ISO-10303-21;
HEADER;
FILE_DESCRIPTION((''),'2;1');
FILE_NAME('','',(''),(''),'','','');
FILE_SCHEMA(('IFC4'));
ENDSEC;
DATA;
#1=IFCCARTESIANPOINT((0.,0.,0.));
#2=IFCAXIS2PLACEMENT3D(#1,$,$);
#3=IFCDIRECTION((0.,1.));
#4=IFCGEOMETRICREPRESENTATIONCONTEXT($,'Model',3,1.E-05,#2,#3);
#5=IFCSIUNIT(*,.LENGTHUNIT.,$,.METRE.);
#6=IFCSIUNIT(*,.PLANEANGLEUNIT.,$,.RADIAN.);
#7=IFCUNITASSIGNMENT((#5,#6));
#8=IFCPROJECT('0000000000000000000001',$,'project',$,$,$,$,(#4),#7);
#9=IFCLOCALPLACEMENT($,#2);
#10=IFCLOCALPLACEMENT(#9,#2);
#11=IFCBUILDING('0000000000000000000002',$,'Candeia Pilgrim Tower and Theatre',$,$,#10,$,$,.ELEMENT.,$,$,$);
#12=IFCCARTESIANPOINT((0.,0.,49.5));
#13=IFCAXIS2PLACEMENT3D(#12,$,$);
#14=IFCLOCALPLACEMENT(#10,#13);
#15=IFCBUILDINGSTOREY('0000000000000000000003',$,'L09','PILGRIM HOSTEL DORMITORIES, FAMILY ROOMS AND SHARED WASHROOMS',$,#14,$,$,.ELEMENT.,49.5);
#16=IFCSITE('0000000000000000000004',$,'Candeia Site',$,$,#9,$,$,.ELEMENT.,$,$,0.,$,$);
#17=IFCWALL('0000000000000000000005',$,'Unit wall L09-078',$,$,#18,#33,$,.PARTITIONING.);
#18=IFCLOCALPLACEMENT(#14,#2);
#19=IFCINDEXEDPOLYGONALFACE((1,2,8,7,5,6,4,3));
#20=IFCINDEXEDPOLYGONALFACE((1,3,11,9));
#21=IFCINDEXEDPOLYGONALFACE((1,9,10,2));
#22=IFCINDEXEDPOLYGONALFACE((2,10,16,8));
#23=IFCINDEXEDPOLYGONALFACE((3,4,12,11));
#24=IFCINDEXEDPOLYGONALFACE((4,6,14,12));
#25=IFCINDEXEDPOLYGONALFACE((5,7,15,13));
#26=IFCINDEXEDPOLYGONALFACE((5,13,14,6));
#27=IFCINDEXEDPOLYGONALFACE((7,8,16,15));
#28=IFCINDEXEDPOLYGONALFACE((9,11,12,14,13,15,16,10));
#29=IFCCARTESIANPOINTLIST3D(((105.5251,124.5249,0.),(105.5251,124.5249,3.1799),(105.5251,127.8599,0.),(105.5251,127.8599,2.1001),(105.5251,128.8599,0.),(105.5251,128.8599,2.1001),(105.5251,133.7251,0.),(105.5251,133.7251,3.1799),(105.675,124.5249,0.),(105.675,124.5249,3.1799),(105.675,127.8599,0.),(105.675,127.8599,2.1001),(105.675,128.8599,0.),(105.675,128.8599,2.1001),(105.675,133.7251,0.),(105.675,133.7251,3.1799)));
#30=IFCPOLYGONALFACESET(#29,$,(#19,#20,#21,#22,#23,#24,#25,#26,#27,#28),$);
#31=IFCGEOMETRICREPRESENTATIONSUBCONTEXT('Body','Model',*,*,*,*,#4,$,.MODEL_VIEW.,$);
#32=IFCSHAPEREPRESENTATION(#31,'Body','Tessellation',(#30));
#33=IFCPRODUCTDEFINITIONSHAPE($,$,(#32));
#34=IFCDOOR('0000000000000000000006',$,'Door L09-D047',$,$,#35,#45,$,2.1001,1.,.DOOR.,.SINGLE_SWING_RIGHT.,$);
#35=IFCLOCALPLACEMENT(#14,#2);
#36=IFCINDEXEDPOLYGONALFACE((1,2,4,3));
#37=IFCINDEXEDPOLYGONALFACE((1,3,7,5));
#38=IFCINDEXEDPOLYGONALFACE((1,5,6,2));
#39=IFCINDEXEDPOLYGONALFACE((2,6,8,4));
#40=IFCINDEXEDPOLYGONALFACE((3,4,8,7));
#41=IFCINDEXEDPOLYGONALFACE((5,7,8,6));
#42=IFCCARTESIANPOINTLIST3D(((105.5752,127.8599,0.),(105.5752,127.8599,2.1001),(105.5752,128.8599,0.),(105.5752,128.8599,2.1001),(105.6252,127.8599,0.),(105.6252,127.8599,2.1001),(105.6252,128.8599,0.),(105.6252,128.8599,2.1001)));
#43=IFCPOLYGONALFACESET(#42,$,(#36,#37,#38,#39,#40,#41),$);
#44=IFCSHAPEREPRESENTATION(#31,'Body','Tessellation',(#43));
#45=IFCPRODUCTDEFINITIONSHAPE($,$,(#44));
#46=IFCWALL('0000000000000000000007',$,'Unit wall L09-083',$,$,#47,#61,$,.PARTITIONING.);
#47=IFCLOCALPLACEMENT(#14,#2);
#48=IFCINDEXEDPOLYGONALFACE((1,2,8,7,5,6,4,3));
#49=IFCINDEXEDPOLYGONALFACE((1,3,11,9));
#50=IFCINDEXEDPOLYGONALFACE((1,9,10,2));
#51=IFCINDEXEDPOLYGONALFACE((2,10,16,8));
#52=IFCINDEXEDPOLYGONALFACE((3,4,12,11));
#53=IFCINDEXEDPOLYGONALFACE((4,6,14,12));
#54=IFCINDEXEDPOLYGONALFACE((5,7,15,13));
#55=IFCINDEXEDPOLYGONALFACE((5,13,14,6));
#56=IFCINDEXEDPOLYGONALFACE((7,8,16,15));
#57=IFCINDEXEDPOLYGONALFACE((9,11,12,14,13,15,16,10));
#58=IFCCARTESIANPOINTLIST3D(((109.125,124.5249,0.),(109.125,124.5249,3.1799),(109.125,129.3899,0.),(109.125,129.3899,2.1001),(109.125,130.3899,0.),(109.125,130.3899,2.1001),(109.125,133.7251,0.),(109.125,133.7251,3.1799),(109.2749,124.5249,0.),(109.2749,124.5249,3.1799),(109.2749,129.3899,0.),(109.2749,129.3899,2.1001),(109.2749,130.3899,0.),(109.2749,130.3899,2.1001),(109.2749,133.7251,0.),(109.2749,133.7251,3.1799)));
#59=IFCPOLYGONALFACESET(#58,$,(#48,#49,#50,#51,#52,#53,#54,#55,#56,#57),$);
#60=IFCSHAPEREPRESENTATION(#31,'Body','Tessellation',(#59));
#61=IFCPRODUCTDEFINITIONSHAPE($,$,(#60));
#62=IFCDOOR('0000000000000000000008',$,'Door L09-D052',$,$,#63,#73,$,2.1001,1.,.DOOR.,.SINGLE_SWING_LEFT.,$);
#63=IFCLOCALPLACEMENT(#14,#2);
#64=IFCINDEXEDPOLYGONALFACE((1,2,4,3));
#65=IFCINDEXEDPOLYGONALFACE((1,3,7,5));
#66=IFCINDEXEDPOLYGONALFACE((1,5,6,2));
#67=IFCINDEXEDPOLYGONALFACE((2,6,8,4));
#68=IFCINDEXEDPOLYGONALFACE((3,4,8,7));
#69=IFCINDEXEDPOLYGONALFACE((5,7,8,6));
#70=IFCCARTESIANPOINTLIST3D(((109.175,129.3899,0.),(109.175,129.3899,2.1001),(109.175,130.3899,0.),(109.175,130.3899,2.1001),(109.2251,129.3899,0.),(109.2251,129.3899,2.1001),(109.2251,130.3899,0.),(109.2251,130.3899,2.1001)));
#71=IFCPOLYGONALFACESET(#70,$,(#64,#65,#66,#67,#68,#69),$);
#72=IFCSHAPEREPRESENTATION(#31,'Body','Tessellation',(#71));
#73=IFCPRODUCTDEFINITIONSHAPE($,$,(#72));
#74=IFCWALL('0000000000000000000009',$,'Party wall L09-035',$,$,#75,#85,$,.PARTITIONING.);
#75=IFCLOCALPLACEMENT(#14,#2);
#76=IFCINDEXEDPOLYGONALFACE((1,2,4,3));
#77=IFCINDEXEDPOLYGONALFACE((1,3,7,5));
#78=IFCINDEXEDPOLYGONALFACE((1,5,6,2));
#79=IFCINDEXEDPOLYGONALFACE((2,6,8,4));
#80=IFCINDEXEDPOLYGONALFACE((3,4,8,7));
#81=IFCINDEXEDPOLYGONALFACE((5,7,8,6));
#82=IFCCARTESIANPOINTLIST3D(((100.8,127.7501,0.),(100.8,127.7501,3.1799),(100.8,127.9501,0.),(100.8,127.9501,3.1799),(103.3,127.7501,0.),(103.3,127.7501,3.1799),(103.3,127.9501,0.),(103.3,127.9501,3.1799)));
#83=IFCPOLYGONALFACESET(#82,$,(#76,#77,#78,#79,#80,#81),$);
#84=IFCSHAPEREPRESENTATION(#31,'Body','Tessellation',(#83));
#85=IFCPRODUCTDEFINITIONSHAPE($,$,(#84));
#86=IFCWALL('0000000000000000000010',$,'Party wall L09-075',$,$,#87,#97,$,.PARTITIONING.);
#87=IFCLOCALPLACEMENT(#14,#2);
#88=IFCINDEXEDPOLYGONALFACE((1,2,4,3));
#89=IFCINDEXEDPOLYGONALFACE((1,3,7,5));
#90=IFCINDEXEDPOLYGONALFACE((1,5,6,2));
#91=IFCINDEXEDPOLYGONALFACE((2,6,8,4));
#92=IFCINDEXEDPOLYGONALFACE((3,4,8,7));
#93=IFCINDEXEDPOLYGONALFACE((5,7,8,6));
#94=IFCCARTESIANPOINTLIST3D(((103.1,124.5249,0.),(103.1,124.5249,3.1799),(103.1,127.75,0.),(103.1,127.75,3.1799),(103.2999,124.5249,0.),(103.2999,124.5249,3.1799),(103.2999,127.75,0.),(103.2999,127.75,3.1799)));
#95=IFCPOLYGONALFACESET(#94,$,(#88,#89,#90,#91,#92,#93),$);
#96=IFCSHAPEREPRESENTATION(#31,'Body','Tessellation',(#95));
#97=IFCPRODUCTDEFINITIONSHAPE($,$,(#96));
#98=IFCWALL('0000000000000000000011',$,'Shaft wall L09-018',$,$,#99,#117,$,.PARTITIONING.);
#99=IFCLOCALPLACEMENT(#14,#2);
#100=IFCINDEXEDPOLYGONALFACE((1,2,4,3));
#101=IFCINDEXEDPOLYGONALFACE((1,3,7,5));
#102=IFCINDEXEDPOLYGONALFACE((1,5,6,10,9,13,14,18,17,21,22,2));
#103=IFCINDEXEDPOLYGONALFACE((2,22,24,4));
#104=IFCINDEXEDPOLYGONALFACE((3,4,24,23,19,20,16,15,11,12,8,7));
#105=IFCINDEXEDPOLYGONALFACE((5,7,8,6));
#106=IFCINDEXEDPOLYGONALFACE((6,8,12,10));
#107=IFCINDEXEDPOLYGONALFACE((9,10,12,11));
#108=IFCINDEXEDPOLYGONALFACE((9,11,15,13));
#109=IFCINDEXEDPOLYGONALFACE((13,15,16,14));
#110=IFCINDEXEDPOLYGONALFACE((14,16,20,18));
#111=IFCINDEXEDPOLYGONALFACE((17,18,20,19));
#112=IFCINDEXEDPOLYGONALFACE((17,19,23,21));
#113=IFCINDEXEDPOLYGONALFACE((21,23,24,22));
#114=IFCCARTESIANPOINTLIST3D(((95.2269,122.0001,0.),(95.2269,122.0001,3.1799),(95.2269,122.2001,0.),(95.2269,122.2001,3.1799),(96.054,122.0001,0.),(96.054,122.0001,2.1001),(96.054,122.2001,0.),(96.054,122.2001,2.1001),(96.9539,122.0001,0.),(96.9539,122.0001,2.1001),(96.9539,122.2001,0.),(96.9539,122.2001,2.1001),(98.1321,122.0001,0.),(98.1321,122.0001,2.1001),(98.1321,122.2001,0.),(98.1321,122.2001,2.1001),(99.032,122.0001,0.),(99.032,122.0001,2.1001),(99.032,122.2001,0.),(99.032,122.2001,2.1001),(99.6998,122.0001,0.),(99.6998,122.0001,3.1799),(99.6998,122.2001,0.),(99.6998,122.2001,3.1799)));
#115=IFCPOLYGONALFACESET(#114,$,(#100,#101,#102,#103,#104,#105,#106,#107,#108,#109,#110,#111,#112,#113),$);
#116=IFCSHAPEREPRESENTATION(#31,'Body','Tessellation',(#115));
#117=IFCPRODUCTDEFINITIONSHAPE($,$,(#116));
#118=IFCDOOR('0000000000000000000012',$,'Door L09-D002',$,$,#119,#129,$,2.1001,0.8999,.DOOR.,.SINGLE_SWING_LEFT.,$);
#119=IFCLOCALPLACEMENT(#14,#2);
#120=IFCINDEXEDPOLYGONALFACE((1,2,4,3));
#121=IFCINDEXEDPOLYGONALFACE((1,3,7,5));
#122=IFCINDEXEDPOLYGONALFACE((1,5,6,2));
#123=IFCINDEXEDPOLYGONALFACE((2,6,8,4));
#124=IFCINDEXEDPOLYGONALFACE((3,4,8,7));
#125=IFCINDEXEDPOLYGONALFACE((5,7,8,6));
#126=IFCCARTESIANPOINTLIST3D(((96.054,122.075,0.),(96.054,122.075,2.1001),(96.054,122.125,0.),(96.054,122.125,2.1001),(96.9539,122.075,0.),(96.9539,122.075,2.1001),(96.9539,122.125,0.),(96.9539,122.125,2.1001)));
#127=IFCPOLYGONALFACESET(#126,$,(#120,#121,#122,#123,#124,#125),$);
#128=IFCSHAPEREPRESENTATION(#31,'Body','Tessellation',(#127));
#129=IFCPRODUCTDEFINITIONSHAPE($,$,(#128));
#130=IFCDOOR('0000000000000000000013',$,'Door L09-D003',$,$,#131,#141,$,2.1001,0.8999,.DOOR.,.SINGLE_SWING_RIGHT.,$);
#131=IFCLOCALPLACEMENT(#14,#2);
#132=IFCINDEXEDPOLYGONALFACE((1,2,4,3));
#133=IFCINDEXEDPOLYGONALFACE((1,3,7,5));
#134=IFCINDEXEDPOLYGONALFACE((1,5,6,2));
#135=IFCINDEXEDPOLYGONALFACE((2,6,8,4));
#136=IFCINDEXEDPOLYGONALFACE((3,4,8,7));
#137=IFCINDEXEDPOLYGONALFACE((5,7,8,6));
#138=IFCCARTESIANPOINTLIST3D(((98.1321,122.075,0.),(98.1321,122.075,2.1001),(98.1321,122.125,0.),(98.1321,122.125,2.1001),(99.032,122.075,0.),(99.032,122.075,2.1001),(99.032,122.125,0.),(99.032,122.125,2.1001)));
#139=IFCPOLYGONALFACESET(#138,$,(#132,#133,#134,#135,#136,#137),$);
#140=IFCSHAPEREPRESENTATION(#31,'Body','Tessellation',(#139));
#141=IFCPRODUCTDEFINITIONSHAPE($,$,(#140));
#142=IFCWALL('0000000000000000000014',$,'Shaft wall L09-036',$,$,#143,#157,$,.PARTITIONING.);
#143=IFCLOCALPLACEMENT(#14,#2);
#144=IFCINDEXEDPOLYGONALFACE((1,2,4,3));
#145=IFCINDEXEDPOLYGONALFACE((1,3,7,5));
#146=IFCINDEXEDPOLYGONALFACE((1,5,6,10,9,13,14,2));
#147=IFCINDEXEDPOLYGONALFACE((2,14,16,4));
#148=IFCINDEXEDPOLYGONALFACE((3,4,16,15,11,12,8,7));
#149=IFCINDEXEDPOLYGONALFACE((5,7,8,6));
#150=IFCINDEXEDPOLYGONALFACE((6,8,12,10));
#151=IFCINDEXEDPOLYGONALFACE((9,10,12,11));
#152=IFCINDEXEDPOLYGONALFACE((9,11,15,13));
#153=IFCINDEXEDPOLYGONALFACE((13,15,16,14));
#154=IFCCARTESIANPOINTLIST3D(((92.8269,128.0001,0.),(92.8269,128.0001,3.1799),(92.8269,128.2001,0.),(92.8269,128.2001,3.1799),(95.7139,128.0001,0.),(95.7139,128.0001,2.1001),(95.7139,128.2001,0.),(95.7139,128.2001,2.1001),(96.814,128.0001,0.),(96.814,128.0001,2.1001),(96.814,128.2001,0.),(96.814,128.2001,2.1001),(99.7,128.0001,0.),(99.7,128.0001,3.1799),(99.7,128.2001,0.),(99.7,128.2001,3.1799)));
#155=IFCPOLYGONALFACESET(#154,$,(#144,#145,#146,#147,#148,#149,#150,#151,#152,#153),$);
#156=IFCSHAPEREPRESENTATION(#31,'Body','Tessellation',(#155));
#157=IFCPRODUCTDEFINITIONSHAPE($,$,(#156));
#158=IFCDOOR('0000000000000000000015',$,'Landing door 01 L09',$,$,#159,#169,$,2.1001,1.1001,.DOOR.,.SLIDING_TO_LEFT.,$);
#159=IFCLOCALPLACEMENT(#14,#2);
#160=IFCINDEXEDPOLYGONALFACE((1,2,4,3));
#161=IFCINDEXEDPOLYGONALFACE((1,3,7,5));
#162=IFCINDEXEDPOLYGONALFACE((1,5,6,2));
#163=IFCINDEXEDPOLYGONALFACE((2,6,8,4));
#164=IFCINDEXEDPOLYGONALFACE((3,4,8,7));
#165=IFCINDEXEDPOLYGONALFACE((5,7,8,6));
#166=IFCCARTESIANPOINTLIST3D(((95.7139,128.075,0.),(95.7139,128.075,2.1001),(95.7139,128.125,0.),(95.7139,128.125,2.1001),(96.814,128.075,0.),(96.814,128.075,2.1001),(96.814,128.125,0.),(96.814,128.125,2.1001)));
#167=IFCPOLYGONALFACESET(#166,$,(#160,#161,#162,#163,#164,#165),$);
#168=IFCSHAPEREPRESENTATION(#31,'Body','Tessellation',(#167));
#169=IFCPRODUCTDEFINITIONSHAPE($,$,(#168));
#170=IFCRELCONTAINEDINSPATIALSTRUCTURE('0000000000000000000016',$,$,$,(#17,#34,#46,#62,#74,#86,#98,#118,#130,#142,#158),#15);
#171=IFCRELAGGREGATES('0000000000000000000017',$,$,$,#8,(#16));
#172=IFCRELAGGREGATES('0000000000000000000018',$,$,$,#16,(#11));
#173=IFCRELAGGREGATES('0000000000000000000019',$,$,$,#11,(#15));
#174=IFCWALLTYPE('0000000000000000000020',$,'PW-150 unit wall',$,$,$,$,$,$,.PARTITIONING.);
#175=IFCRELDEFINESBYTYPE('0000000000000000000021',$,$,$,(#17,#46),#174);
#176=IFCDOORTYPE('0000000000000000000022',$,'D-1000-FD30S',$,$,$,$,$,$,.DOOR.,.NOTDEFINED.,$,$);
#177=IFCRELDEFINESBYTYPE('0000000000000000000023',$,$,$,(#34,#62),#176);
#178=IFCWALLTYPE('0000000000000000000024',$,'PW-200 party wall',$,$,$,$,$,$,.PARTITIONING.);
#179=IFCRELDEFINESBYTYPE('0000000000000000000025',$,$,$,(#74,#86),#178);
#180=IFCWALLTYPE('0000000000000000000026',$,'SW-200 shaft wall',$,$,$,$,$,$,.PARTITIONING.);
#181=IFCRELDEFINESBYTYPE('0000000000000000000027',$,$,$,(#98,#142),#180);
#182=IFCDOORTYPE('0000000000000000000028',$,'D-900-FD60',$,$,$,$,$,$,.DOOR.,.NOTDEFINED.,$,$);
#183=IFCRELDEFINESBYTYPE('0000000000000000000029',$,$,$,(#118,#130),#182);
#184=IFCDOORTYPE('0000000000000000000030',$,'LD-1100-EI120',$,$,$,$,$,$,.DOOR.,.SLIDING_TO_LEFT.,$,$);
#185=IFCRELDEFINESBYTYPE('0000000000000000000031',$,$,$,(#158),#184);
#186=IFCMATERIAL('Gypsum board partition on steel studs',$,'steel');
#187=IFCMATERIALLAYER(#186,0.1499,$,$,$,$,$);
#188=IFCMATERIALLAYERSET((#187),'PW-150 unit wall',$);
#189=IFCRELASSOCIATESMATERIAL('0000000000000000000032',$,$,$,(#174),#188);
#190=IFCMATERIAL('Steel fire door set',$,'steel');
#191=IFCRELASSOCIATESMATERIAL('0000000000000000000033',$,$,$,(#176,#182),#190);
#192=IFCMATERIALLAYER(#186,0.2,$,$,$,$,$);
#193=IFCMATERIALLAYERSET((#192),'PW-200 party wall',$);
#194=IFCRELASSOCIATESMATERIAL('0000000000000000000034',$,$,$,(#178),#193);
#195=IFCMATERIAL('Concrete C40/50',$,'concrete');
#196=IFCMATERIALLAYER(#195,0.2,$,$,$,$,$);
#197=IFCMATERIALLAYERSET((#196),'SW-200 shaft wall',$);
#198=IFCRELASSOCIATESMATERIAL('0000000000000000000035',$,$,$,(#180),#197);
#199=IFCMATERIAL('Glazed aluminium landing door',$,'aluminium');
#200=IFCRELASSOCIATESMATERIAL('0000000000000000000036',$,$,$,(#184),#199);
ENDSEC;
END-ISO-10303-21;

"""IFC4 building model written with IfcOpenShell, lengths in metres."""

from ifc_helpers import new_model, si_unit, direction, frame, frame_2d, origin, place, context, subcontext, project, spatial, rectangle, extrude, material, layer, layer_set, type_object, element, fill, save


model = new_model("IFC4")

# Units and contexts
model_context = context("Model", 3, precision=1e-05, world=origin(), true_north=direction((0.0, 1.0)))
body_context = subcontext(model_context, "Body", "Model", "MODEL_VIEW")
ifc_project = project(units=[si_unit("LENGTHUNIT", "METRE"), si_unit("PLANEANGLEUNIT", "RADIAN")], contexts=[model_context])

# Site, building, storey
site_placement = place(None, origin())
site = spatial("IfcSite", under=ifc_project, at=site_placement, Name="Candeia Site", CompositionType="ELEMENT", RefElevation=0.0)
building_placement = place(site_placement, origin())
building = spatial("IfcBuilding", under=site, at=building_placement, Name="Candeia Pilgrim Tower and Theatre", CompositionType="ELEMENT")
storey_placement = place(building_placement, frame((0.0, 0.0, 49.5)))
storey = spatial("IfcBuildingStorey", under=building, at=storey_placement, Name="L09", Description="PILGRIM HOSTEL DORMITORIES, FAMILY ROOMS AND SHARED WASHROOMS", CompositionType="ELEMENT", Elevation=49.5)

# Shared definitions
ifc_material_1 = material(Name="Steel fire door set", Category="steel")
ifc_material_2 = material(Name="Gypsum board partition on steel studs", Category="steel")

# Shared definitions
ifc_layer_1 = layer(ifc_material_2, 0.1499)
ifc_layer_set_1 = layer_set([ifc_layer_1], Name="PW-150 unit wall")
wall_type_1 = type_object("IfcWallType", Name="PW-150 unit wall", PredefinedType="PARTITIONING", material=ifc_layer_set_1)

# Shared definitions
door_type_1 = type_object("IfcDoorType", Name="D-1000-FD30S", OperationType="NOTDEFINED", PredefinedType="DOOR", material=ifc_material_1)

# Walls, openings, doors
wall_1_placement = place(storey_placement, frame((105.6001, 124.5249, 0.0), z_axis=(0.0, 0.0, 1.0), x_axis=(0.0, 1.0, 0.0)))
wall_1 = element("IfcWall", 1, at=wall_1_placement, inside=storey, type_object=wall_type_1, Name="Unit wall L09-078", PredefinedType="PARTITIONING", context=body_context, shape_type="SweptSolid", body=[
    extrude(rectangle(XDim=9.2002, YDim=0.1499, at=frame_2d((4.6001, 0.0))), origin(), (0.0, 0.0, 1.0), 3.1799),
])
opening_1_placement = place(wall_1_placement, frame((3.335, 0.0, 0.0)))
opening_1 = element("IfcOpeningElement", 2, at=opening_1_placement, cuts=wall_1, PredefinedType="OPENING", context=body_context, shape_type="SweptSolid", body=[
    extrude(rectangle(XDim=1.0, YDim=2.1001, at=frame_2d((0.5, 1.05))), frame((0.0, 0.085, 0.0), z_axis=(0.0, -1.0, 0.0), x_axis=(1.0, 0.0, 0.0)), (0.0, 0.0, 1.0), 0.1699),
])
door_1_placement = place(opening_1_placement, origin())
door_1 = element("IfcDoor", 3, at=door_1_placement, inside=storey, type_object=door_type_1, Name="Door L09-D047", OperationType="SINGLE_SWING_RIGHT", OverallHeight=2.1001, OverallWidth=1.0, PredefinedType="DOOR", context=body_context, shape_type="SweptSolid", body=[
    extrude(rectangle(XDim=1.0, YDim=2.1001, at=frame_2d((0.5, 1.05))), frame((0.0, 0.0249, 0.0), z_axis=(0.0, -1.0, 0.0), x_axis=(1.0, 0.0, 0.0)), (0.0, 0.0, 1.0), 0.05),
])
fill(opening_1, door_1)
wall_2_placement = place(storey_placement, frame((109.2, 124.5249, 0.0), z_axis=(0.0, 0.0, 1.0), x_axis=(0.0, 1.0, 0.0)))
wall_2 = element("IfcWall", 4, at=wall_2_placement, inside=storey, type_object=wall_type_1, Name="Unit wall L09-083", PredefinedType="PARTITIONING", context=body_context, shape_type="SweptSolid", body=[
    extrude(rectangle(XDim=9.2002, YDim=0.1499, at=frame_2d((4.6001, 0.0))), origin(), (0.0, 0.0, 1.0), 3.1799),
])
opening_2_placement = place(wall_2_placement, frame((4.865, 0.0, 0.0)))
opening_2 = element("IfcOpeningElement", 5, at=opening_2_placement, cuts=wall_2, PredefinedType="OPENING", context=body_context, shape_type="SweptSolid", body=[
    extrude(rectangle(XDim=1.0, YDim=2.1001, at=frame_2d((0.5, 1.05))), frame((0.0, 0.085, 0.0), z_axis=(0.0, -1.0, 0.0), x_axis=(1.0, 0.0, 0.0)), (0.0, 0.0, 1.0), 0.1699),
])
door_2_placement = place(opening_2_placement, origin())
door_2 = element("IfcDoor", 6, at=door_2_placement, inside=storey, type_object=door_type_1, Name="Door L09-D052", OperationType="SINGLE_SWING_LEFT", OverallHeight=2.1001, OverallWidth=1.0, PredefinedType="DOOR", context=body_context, shape_type="SweptSolid", body=[
    extrude(rectangle(XDim=1.0, YDim=2.1001, at=frame_2d((0.5, 1.05))), frame((0.0, 0.0249, 0.0), z_axis=(0.0, -1.0, 0.0), x_axis=(1.0, 0.0, 0.0)), (0.0, 0.0, 1.0), 0.05),
])
fill(opening_2, door_2)

# Walls
ifc_layer_2 = layer(ifc_material_2, 0.2)
ifc_layer_set_2 = layer_set([ifc_layer_2], Name="PW-200 party wall")
wall_type_2 = type_object("IfcWallType", Name="PW-200 party wall", PredefinedType="PARTITIONING", material=ifc_layer_set_2)
wall_3_placement = place(storey_placement, frame((100.8, 127.8501, 0.0), z_axis=(0.0, 0.0, 1.0), x_axis=(1.0, 0.0, 0.0)))
element("IfcWall", 7, at=wall_3_placement, inside=storey, type_object=wall_type_2, Name="Party wall L09-035", PredefinedType="PARTITIONING", context=body_context, shape_type="SweptSolid", body=[
    extrude(rectangle(XDim=2.5, YDim=0.2, at=frame_2d((1.25, 0.0))), origin(), (0.0, 0.0, 1.0), 3.1799),
])
wall_4_placement = place(storey_placement, frame((103.2, 124.5249, 0.0), z_axis=(0.0, 0.0, 1.0), x_axis=(0.0, 1.0, 0.0)))
element("IfcWall", 8, at=wall_4_placement, inside=storey, type_object=wall_type_2, Name="Party wall L09-075", PredefinedType="PARTITIONING", context=body_context, shape_type="SweptSolid", body=[
    extrude(rectangle(XDim=3.2251, YDim=0.2, at=frame_2d((1.6125, 0.0))), origin(), (0.0, 0.0, 1.0), 3.1799),
])

# Wall, openings, doors
ifc_material_3 = material(Name="Concrete C40/50", Category="concrete")
ifc_layer_3 = layer(ifc_material_3, 0.2)
ifc_layer_set_3 = layer_set([ifc_layer_3], Name="SW-200 shaft wall")
wall_type_3 = type_object("IfcWallType", Name="SW-200 shaft wall", PredefinedType="PARTITIONING", material=ifc_layer_set_3)
wall_5_placement = place(storey_placement, frame((95.2271, 122.1001, 0.0), z_axis=(0.0, 0.0, 1.0), x_axis=(1.0, 0.0, 0.0)))
wall_5 = element("IfcWall", 9, at=wall_5_placement, inside=storey, type_object=wall_type_3, Name="Shaft wall L09-018", PredefinedType="PARTITIONING", context=body_context, shape_type="SweptSolid", body=[
    extrude(rectangle(XDim=4.4729, YDim=0.2, at=frame_2d((2.2363, 0.0))), origin(), (0.0, 0.0, 1.0), 3.1799),
])
opening_3_placement = place(wall_5_placement, frame((0.8269, 0.0, 0.0)))
opening_3 = element("IfcOpeningElement", 10, at=opening_3_placement, cuts=wall_5, PredefinedType="OPENING", context=body_context, shape_type="SweptSolid", body=[
    extrude(rectangle(XDim=0.8999, YDim=2.1001, at=frame_2d((0.45, 1.05))), frame((0.0, 0.1099, 0.0), z_axis=(0.0, -1.0, 0.0), x_axis=(1.0, 0.0, 0.0)), (0.0, 0.0, 1.0), 0.22),
])
opening_4_placement = place(wall_5_placement, frame((2.905, 0.0, 0.0)))
opening_4 = element("IfcOpeningElement", 11, at=opening_4_placement, cuts=wall_5, PredefinedType="OPENING", context=body_context, shape_type="SweptSolid", body=[
    extrude(rectangle(XDim=0.8999, YDim=2.1001, at=frame_2d((0.45, 1.05))), frame((0.0, 0.1099, 0.0), z_axis=(0.0, -1.0, 0.0), x_axis=(1.0, 0.0, 0.0)), (0.0, 0.0, 1.0), 0.22),
])
door_type_2 = type_object("IfcDoorType", Name="D-900-FD60", OperationType="NOTDEFINED", PredefinedType="DOOR", material=ifc_material_1)
door_3_placement = place(opening_3_placement, origin())
door_3 = element("IfcDoor", 12, at=door_3_placement, inside=storey, type_object=door_type_2, Name="Door L09-D002", OperationType="SINGLE_SWING_LEFT", OverallHeight=2.1001, OverallWidth=0.8999, PredefinedType="DOOR", context=body_context, shape_type="SweptSolid", body=[
    extrude(rectangle(XDim=0.8999, YDim=2.1001, at=frame_2d((0.45, 1.05))), frame((0.0, 0.0249, 0.0), z_axis=(0.0, -1.0, 0.0), x_axis=(1.0, 0.0, 0.0)), (0.0, 0.0, 1.0), 0.05),
])
fill(opening_3, door_3)
door_4_placement = place(opening_4_placement, origin())
door_4 = element("IfcDoor", 13, at=door_4_placement, inside=storey, type_object=door_type_2, Name="Door L09-D003", OperationType="SINGLE_SWING_RIGHT", OverallHeight=2.1001, OverallWidth=0.8999, PredefinedType="DOOR", context=body_context, shape_type="SweptSolid", body=[
    extrude(rectangle(XDim=0.8999, YDim=2.1001, at=frame_2d((0.45, 1.05))), frame((0.0, 0.0249, 0.0), z_axis=(0.0, -1.0, 0.0), x_axis=(1.0, 0.0, 0.0)), (0.0, 0.0, 1.0), 0.05),
])
fill(opening_4, door_4)

# Wall, opening, door
wall_6_placement = place(storey_placement, frame((92.8269, 128.1001, 0.0), z_axis=(0.0, 0.0, 1.0), x_axis=(1.0, 0.0, 0.0)))
wall_6 = element("IfcWall", 14, at=wall_6_placement, inside=storey, type_object=wall_type_3, Name="Shaft wall L09-036", PredefinedType="PARTITIONING", context=body_context, shape_type="SweptSolid", body=[
    extrude(rectangle(XDim=6.873, YDim=0.2, at=frame_2d((3.4365, 0.0))), origin(), (0.0, 0.0, 1.0), 3.1799),
])
opening_5_placement = place(wall_6_placement, frame((2.887, 0.0, 0.0)))
opening_5 = element("IfcOpeningElement", 15, at=opening_5_placement, cuts=wall_6, PredefinedType="OPENING", context=body_context, shape_type="SweptSolid", body=[
    extrude(rectangle(XDim=1.1001, YDim=2.1001, at=frame_2d((0.55, 1.05))), frame((0.0, 0.1099, 0.0), z_axis=(0.0, -1.0, 0.0), x_axis=(1.0, 0.0, 0.0)), (0.0, 0.0, 1.0), 0.22),
])
ifc_material_4 = material(Name="Glazed aluminium landing door", Category="aluminium")
door_type_3 = type_object("IfcDoorType", Name="LD-1100-EI120", OperationType="SLIDING_TO_LEFT", PredefinedType="DOOR", material=ifc_material_4)
door_5_placement = place(opening_5_placement, origin())
door_5 = element("IfcDoor", 16, at=door_5_placement, inside=storey, type_object=door_type_3, Name="Landing door 01 L09", OperationType="SLIDING_TO_LEFT", OverallHeight=2.1001, OverallWidth=1.1001, PredefinedType="DOOR", context=body_context, shape_type="SweptSolid", body=[
    extrude(rectangle(XDim=1.1001, YDim=2.1001, at=frame_2d((0.55, 1.05))), frame((0.0, 0.0249, 0.0), z_axis=(0.0, -1.0, 0.0), x_axis=(1.0, 0.0, 0.0)), (0.0, 0.0, 1.0), 0.05),
])
fill(opening_5, door_5)

save(model, "model.ifc")
